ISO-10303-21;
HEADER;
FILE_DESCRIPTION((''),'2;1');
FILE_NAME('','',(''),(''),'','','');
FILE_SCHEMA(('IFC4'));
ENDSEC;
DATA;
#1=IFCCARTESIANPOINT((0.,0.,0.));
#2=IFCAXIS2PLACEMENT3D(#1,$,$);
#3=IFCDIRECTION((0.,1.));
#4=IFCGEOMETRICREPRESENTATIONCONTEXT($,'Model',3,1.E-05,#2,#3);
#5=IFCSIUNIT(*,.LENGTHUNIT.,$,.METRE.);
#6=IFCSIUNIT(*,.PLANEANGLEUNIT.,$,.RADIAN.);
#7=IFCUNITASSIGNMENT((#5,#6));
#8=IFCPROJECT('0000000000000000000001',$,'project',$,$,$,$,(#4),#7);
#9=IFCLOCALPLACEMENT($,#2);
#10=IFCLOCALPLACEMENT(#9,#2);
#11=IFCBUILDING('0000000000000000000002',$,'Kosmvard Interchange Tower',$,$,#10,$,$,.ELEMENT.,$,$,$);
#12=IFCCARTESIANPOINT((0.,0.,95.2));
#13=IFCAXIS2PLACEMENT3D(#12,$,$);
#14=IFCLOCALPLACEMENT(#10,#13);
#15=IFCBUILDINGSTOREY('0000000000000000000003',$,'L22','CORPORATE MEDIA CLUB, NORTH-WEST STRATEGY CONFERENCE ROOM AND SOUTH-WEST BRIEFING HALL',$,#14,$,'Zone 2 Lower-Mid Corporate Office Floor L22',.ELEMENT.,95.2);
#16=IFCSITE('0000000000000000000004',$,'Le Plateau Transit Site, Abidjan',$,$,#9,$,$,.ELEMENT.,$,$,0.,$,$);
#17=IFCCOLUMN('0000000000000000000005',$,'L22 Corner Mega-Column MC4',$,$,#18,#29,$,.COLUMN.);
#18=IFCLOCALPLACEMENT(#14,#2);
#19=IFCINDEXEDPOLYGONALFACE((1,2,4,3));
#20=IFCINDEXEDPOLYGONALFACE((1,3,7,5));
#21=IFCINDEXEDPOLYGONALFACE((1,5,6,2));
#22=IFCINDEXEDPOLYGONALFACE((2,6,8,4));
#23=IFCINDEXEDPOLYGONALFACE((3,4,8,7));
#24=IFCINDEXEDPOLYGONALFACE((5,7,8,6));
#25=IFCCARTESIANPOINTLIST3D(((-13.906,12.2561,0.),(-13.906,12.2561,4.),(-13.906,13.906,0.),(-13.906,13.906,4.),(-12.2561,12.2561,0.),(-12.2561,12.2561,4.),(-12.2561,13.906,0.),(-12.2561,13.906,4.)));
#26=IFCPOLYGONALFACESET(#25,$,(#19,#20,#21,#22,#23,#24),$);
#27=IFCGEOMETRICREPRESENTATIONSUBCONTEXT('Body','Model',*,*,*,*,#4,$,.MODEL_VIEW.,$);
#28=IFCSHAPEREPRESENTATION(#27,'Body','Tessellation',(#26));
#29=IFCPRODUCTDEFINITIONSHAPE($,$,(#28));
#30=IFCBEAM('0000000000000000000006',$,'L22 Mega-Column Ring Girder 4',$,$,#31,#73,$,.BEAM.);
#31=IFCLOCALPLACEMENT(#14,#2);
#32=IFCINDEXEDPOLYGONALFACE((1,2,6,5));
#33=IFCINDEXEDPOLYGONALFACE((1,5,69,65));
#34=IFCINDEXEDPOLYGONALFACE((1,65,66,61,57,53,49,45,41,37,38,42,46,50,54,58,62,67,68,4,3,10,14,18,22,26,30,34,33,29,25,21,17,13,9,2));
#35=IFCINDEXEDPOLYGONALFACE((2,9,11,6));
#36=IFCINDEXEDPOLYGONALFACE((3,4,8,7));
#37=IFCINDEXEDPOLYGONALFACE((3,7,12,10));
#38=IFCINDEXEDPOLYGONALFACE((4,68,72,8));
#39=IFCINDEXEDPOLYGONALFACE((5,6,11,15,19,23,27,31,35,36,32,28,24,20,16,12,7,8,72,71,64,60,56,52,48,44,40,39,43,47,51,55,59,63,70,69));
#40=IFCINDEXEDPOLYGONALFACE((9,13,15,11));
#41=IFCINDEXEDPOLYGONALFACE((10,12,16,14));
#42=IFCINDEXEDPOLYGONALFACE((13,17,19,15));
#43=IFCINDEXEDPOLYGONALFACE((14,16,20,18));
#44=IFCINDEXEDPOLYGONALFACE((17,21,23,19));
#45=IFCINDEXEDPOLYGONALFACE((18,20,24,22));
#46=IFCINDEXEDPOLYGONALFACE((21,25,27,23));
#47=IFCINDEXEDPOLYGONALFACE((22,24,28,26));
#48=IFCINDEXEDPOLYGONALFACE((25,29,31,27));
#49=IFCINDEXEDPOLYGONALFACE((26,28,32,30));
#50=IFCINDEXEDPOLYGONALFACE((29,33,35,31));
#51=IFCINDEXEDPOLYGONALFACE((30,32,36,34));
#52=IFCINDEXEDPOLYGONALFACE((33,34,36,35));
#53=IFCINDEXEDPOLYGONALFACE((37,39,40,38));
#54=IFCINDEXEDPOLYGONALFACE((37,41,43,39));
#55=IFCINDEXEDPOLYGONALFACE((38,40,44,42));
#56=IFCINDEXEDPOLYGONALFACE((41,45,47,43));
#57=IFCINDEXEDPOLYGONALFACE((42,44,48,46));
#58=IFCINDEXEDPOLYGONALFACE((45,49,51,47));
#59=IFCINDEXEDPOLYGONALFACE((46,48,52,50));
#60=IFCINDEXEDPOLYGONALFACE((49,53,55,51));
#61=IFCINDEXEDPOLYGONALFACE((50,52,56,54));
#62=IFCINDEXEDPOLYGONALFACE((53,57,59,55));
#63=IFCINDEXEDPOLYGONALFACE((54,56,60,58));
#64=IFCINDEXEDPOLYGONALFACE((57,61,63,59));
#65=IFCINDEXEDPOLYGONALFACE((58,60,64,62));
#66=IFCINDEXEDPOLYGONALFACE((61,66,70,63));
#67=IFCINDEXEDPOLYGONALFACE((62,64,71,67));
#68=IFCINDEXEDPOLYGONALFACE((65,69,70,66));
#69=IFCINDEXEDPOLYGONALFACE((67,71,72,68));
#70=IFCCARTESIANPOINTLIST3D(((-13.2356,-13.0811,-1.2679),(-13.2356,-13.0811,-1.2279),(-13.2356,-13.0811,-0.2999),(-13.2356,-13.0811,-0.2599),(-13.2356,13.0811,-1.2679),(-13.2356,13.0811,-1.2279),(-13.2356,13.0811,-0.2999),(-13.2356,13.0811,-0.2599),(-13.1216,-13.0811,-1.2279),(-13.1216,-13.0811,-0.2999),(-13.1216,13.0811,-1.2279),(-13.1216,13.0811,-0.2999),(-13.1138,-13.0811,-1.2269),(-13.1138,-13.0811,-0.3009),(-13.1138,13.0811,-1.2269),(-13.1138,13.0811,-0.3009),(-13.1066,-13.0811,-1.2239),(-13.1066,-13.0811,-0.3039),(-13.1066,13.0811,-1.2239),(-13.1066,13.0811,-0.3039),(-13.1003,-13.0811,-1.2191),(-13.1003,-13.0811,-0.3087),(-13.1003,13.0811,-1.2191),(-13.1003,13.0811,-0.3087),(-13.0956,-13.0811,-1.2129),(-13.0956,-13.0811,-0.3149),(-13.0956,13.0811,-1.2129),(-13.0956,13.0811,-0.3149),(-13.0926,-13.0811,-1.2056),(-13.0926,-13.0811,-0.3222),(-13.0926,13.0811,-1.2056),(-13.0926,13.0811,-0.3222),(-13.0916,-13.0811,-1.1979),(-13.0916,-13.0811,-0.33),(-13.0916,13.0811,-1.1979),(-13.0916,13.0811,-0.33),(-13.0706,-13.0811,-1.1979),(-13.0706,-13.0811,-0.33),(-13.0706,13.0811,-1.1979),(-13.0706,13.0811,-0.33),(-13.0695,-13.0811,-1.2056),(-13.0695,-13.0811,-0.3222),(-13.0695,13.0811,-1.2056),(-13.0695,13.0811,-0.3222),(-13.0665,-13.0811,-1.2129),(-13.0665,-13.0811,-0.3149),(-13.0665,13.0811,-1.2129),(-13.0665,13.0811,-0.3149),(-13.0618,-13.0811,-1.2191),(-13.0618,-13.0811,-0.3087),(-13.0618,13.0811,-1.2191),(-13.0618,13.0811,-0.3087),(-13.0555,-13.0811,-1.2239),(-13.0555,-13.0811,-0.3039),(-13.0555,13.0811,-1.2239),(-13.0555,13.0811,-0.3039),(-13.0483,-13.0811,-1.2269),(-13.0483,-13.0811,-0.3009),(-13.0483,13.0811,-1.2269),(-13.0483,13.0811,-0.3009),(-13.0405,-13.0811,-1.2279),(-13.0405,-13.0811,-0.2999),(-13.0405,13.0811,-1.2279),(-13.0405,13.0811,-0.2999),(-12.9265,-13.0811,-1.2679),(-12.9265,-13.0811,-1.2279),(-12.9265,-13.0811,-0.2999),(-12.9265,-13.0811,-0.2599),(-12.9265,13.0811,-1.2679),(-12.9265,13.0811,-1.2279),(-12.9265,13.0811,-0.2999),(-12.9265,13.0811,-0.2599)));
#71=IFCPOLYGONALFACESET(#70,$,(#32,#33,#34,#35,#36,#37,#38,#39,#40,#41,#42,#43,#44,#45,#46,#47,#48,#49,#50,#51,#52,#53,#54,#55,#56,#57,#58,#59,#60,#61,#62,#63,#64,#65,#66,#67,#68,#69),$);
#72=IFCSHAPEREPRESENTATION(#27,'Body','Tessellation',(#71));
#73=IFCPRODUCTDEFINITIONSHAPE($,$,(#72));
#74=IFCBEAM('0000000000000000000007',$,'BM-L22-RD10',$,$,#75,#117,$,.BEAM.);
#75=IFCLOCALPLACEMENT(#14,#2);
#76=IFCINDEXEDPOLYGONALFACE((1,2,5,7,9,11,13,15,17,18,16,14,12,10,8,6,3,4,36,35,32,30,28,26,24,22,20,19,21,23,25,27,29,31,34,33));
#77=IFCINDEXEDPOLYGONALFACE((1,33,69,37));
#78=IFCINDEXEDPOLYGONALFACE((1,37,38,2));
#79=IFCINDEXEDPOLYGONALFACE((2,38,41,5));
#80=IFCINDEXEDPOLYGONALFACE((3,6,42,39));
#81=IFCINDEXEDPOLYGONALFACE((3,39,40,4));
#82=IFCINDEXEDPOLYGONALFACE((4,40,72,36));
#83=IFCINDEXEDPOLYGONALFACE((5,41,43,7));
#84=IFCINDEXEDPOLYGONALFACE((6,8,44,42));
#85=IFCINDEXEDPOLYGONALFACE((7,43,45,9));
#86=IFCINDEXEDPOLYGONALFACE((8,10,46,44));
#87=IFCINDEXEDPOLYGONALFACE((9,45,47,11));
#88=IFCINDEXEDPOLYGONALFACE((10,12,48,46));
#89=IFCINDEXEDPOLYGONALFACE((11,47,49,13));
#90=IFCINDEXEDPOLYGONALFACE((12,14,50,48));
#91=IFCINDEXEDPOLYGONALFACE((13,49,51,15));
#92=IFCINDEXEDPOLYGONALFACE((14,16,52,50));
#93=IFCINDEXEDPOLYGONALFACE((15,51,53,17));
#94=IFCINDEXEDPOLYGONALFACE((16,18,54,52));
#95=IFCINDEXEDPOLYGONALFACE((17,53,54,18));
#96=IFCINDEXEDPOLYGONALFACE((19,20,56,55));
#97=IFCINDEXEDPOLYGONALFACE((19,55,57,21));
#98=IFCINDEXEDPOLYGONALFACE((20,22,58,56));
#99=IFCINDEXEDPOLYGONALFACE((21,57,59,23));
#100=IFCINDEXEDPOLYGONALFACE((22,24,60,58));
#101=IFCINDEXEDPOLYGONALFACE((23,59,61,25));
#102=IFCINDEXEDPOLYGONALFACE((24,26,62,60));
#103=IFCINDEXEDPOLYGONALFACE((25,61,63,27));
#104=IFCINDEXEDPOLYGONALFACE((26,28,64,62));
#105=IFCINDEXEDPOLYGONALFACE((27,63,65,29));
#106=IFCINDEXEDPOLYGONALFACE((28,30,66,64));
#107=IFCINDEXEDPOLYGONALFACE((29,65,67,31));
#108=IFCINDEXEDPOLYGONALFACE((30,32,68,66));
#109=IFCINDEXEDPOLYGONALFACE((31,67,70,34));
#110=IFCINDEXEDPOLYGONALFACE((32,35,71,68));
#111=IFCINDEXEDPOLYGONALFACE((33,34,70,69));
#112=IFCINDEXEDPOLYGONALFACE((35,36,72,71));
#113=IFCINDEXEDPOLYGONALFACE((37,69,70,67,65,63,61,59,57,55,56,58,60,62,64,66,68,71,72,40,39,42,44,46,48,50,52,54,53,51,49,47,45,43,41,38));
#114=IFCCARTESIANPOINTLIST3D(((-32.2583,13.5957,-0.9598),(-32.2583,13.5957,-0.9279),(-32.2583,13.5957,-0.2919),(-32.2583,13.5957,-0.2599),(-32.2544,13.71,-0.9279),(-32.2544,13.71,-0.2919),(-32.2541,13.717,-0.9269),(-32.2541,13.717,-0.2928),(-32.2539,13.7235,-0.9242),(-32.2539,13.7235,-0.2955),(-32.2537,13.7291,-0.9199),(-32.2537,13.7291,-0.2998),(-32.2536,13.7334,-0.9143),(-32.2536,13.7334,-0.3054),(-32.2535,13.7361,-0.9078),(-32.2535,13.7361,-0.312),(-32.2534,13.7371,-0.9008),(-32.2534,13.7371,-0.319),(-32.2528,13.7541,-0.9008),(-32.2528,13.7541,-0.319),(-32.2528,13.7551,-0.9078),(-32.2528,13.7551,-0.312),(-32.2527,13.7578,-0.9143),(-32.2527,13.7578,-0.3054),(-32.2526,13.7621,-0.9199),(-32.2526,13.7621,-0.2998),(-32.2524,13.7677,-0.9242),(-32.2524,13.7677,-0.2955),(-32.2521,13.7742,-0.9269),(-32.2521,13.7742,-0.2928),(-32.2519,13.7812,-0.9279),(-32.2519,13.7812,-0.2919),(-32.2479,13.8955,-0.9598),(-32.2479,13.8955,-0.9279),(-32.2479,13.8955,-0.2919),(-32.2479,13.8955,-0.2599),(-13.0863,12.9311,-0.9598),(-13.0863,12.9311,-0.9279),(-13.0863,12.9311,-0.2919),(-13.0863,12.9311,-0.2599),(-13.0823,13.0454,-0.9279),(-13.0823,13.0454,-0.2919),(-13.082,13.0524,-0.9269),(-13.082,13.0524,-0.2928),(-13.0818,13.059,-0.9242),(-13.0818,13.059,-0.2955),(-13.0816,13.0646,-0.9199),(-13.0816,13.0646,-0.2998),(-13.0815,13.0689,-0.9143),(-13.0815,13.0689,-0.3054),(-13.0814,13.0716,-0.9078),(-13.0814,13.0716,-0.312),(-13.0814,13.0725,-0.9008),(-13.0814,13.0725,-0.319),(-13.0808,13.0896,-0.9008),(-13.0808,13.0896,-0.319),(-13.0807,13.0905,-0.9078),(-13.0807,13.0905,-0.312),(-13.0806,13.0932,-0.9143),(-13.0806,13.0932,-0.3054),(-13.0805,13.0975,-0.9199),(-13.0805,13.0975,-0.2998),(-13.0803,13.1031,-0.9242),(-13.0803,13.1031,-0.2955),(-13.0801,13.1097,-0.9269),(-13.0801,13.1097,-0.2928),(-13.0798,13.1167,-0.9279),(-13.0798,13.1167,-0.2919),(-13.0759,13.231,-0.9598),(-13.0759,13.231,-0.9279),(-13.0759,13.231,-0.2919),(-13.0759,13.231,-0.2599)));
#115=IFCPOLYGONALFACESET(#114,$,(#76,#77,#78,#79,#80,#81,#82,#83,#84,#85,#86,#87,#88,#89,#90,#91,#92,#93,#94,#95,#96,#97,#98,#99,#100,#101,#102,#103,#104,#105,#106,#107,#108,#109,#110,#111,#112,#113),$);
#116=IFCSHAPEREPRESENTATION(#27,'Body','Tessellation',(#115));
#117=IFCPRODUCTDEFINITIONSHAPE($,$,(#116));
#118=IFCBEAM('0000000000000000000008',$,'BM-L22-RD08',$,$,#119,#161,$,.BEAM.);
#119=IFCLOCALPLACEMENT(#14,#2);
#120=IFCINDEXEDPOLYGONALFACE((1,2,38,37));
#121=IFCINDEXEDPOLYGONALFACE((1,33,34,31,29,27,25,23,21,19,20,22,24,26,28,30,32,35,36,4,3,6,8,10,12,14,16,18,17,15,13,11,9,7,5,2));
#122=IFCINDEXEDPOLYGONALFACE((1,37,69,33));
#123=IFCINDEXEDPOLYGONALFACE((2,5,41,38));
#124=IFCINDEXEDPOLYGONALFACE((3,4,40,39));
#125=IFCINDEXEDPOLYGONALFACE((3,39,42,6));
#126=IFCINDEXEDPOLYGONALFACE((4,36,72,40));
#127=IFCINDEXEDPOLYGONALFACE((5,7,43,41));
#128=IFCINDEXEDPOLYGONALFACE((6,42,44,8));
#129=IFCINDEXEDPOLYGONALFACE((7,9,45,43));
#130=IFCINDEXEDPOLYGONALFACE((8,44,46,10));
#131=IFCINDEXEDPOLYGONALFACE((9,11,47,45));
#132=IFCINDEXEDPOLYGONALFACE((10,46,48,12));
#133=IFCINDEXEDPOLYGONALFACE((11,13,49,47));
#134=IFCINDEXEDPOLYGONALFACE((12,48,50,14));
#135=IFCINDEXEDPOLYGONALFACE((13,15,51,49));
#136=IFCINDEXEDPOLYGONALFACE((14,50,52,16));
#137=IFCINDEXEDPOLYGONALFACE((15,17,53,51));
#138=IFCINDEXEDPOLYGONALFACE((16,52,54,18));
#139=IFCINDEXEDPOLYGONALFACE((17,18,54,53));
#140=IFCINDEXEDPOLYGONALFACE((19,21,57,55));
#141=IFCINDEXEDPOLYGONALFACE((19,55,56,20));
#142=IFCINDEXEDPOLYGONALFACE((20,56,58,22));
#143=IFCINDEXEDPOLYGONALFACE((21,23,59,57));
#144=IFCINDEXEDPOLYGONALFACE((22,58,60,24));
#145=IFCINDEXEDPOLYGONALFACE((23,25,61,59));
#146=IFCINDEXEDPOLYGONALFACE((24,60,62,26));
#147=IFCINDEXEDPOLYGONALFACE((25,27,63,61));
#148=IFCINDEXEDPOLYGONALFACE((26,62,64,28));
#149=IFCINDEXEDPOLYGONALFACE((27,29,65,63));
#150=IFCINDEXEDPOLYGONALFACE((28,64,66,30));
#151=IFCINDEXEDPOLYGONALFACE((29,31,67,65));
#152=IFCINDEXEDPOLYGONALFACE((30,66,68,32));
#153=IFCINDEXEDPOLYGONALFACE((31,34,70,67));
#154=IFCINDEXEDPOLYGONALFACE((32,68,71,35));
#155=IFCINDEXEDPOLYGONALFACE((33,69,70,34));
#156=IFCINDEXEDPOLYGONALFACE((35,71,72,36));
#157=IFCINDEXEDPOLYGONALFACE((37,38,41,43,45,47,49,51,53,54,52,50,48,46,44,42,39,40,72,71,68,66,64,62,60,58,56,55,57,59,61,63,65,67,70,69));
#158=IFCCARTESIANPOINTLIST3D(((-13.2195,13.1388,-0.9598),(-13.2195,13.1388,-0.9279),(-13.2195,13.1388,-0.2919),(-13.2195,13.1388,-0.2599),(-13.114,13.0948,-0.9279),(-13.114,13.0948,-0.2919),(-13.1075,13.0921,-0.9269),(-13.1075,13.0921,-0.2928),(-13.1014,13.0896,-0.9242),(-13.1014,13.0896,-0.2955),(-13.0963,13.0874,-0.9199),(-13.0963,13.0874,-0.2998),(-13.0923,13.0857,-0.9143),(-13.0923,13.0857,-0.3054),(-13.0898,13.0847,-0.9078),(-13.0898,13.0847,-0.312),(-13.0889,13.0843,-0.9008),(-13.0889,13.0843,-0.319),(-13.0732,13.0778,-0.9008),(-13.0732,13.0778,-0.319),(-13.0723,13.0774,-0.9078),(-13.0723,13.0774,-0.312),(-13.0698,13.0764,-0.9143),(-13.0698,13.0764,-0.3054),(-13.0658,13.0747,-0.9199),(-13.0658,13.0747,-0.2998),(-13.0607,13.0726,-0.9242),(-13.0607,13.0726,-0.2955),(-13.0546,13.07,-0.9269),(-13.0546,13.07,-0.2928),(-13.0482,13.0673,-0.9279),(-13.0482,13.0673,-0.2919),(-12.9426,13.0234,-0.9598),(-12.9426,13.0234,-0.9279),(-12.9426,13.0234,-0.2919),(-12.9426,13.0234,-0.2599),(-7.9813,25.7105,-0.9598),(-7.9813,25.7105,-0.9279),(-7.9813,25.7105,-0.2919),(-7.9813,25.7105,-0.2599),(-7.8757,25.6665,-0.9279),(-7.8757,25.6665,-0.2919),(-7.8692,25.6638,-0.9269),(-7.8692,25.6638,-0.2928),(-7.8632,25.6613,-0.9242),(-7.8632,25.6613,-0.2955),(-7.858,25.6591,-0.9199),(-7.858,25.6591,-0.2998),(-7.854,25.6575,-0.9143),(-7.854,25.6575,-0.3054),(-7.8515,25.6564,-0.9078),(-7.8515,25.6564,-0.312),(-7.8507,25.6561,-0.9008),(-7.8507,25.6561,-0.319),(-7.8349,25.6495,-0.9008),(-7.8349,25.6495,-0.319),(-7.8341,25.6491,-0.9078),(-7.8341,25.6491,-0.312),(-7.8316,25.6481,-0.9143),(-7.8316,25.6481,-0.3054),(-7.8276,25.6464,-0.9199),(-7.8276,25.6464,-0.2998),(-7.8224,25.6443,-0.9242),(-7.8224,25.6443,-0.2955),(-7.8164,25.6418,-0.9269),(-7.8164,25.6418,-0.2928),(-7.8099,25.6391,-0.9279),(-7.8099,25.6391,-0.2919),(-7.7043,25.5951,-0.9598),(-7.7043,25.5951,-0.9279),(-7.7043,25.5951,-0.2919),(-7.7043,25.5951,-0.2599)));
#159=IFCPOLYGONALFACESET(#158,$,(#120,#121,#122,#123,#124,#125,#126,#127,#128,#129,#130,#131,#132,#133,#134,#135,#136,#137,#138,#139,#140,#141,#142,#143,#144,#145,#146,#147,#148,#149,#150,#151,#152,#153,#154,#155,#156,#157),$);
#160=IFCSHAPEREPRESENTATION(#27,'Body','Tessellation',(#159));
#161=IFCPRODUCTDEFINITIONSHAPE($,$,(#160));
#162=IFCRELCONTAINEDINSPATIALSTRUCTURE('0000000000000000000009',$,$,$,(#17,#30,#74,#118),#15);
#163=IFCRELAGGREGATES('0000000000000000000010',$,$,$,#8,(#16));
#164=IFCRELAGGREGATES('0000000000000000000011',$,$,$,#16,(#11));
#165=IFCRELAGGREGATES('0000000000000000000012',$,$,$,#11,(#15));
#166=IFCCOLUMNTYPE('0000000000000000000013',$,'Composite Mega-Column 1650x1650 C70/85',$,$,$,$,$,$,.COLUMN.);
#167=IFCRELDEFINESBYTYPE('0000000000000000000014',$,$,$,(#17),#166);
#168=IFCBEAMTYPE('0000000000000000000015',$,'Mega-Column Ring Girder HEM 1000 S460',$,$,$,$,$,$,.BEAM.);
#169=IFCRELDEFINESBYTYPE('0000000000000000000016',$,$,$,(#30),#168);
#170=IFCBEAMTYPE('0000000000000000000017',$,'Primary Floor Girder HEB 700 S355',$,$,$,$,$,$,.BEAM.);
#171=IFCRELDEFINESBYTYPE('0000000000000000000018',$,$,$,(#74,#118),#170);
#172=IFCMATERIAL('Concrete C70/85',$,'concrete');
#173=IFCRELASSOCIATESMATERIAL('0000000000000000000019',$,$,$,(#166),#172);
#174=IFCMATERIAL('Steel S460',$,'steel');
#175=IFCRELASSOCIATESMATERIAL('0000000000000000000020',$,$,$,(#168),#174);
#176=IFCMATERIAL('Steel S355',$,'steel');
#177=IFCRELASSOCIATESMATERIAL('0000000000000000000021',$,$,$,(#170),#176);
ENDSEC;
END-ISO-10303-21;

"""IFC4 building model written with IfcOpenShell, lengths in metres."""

from ifc_helpers import new_model, si_unit, direction, frame, origin, origin_2d, place, context, subcontext, project, spatial, rectangle, i_section, extrude, source, transform, mapped, material, material_profile, profile_set, type_object, element, save


model = new_model("IFC4")

# Units and contexts
model_context = context("Model", 3, precision=1e-05, world=origin(), true_north=direction((0.0, 1.0)))
body_context = subcontext(model_context, "Body", "Model", "MODEL_VIEW")
ifc_project = project(units=[si_unit("LENGTHUNIT", "METRE"), si_unit("PLANEANGLEUNIT", "RADIAN")], contexts=[model_context])

# Site, building, storey
site_placement = place(None, origin())
site = spatial("IfcSite", under=ifc_project, at=site_placement, Name="Le Plateau Transit Site, Abidjan", CompositionType="ELEMENT", RefElevation=0.0)
building_placement = place(site_placement, origin())
building = spatial("IfcBuilding", under=site, at=building_placement, Name="Kosmvard Interchange Tower", CompositionType="ELEMENT")
storey_placement = place(building_placement, frame((0.0, 0.0, 95.2)))
storey = spatial("IfcBuildingStorey", under=building, at=storey_placement, Name="L22", Description="CORPORATE MEDIA CLUB, NORTH-WEST STRATEGY CONFERENCE ROOM AND SOUTH-WEST BRIEFING HALL", LongName="Zone 2 Lower-Mid Corporate Office Floor L22", CompositionType="ELEMENT", Elevation=95.2)

# Column
ifc_material_1 = material(Name="Concrete C70/85", Category="concrete")
ifc_material_profile_1 = material_profile(ifc_material_1, rectangle(XDim=1.6499, YDim=1.6499, at=origin_2d()), Name="MC 1650x1650")
ifc_profile_set_1 = profile_set([ifc_material_profile_1], Name="Concrete C70/85")
column_type = type_object("IfcColumnType", Name="Composite Mega-Column 1650x1650 C70/85", PredefinedType="COLUMN", material=ifc_profile_set_1)
shared_shape_1 = source(origin(), body_context, "Body", "SweptSolid", [
    extrude(rectangle(XDim=1.6499, YDim=1.6499, at=origin_2d()), origin(), (0.0, 0.0, 1.0), 4.0),
])
column_placement = place(storey_placement, frame((-13.0811, 13.0811, 0.0), z_axis=(0.0, 0.0, 1.0), x_axis=(1.0, 0.0, 0.0)))
element("IfcColumn", 1, at=column_placement, inside=storey, type_object=column_type, Name="L22 Corner Mega-Column MC4", PredefinedType="COLUMN", context=body_context, shape_type="MappedRepresentation", body=[
    mapped(shared_shape_1, transform((0.0, 0.0, 0.0), scale=1.0)),
])

# Beams
ifc_material_2 = material(Name="Steel S460", Category="steel")
ifc_material_profile_2 = material_profile(ifc_material_2, i_section(OverallWidth=0.3091, OverallDepth=1.0081, WebThickness=0.021, FlangeThickness=0.04, FilletRadius=0.03, at=origin_2d()), Name="HEM 1000")
ifc_profile_set_2 = profile_set([ifc_material_profile_2], Name="Steel S460")
beam_type_1 = type_object("IfcBeamType", Name="Mega-Column Ring Girder HEM 1000 S460", PredefinedType="BEAM", material=ifc_profile_set_2)
shared_shape_2 = source(origin(), body_context, "Body", "SweptSolid", [
    extrude(i_section(OverallWidth=0.3091, OverallDepth=1.0081, WebThickness=0.021, FlangeThickness=0.04, FilletRadius=0.03, at=origin_2d()), origin(), (0.0, 0.0, 1.0), 26.1621),
])
beam_1_placement = place(storey_placement, frame((-13.0811, 13.0811, -0.7639), z_axis=(0.0, -1.0, 0.0), x_axis=(1.0, 0.0, 0.0)))
element("IfcBeam", 2, at=beam_1_placement, inside=storey, type_object=beam_type_1, Name="L22 Mega-Column Ring Girder 4", PredefinedType="BEAM", context=body_context, shape_type="MappedRepresentation", body=[
    mapped(shared_shape_2, transform((0.0, 0.0, 0.0), scale=1.0)),
])
ifc_material_3 = material(Name="Steel S355", Category="steel")
ifc_material_profile_3 = material_profile(ifc_material_3, i_section(OverallWidth=0.3, OverallDepth=0.7, WebThickness=0.0171, FlangeThickness=0.032, FilletRadius=0.0271, at=origin_2d()), Name="HEB 700")
ifc_profile_set_3 = profile_set([ifc_material_profile_3], Name="Steel S355")
beam_type_2 = type_object("IfcBeamType", Name="Primary Floor Girder HEB 700 S355", PredefinedType="BEAM", material=ifc_profile_set_3)
shared_shape_3 = source(origin(), body_context, "Body", "SweptSolid", [
    extrude(i_section(OverallWidth=0.3, OverallDepth=0.7, WebThickness=0.0171, FlangeThickness=0.032, FilletRadius=0.0271, at=origin_2d()), origin(), (0.0, 0.0, 1.0), 19.1836),
])
beam_2_placement = place(storey_placement, frame((-13.0811, 13.0811, -0.6099), z_axis=(-0.9994, 0.034642, 0.0), x_axis=(-0.034642, -0.9994, 0.0)))
element("IfcBeam", 3, at=beam_2_placement, inside=storey, type_object=beam_type_2, Name="BM-L22-RD10", PredefinedType="BEAM", context=body_context, shape_type="MappedRepresentation", body=[
    mapped(shared_shape_3, transform((0.0, 0.0, 0.0), scale=1.0)),
])
shared_shape_4 = source(origin(), body_context, "Body", "SweptSolid", [
    extrude(i_section(OverallWidth=0.3, OverallDepth=0.7, WebThickness=0.0171, FlangeThickness=0.032, FilletRadius=0.0271, at=origin_2d()), origin(), (0.0, 0.0, 1.0), 13.6194),
])
beam_3_placement = place(storey_placement, frame((-13.0811, 13.0811, -0.6099), z_axis=(0.384618, 0.923076, 0.0), x_axis=(-0.923076, 0.384618, 0.0)))
element("IfcBeam", 4, at=beam_3_placement, inside=storey, type_object=beam_type_2, Name="BM-L22-RD08", PredefinedType="BEAM", context=body_context, shape_type="MappedRepresentation", body=[
    mapped(shared_shape_4, transform((0.0, 0.0, 0.0), scale=1.0)),
])

save(model, "model.ifc")
